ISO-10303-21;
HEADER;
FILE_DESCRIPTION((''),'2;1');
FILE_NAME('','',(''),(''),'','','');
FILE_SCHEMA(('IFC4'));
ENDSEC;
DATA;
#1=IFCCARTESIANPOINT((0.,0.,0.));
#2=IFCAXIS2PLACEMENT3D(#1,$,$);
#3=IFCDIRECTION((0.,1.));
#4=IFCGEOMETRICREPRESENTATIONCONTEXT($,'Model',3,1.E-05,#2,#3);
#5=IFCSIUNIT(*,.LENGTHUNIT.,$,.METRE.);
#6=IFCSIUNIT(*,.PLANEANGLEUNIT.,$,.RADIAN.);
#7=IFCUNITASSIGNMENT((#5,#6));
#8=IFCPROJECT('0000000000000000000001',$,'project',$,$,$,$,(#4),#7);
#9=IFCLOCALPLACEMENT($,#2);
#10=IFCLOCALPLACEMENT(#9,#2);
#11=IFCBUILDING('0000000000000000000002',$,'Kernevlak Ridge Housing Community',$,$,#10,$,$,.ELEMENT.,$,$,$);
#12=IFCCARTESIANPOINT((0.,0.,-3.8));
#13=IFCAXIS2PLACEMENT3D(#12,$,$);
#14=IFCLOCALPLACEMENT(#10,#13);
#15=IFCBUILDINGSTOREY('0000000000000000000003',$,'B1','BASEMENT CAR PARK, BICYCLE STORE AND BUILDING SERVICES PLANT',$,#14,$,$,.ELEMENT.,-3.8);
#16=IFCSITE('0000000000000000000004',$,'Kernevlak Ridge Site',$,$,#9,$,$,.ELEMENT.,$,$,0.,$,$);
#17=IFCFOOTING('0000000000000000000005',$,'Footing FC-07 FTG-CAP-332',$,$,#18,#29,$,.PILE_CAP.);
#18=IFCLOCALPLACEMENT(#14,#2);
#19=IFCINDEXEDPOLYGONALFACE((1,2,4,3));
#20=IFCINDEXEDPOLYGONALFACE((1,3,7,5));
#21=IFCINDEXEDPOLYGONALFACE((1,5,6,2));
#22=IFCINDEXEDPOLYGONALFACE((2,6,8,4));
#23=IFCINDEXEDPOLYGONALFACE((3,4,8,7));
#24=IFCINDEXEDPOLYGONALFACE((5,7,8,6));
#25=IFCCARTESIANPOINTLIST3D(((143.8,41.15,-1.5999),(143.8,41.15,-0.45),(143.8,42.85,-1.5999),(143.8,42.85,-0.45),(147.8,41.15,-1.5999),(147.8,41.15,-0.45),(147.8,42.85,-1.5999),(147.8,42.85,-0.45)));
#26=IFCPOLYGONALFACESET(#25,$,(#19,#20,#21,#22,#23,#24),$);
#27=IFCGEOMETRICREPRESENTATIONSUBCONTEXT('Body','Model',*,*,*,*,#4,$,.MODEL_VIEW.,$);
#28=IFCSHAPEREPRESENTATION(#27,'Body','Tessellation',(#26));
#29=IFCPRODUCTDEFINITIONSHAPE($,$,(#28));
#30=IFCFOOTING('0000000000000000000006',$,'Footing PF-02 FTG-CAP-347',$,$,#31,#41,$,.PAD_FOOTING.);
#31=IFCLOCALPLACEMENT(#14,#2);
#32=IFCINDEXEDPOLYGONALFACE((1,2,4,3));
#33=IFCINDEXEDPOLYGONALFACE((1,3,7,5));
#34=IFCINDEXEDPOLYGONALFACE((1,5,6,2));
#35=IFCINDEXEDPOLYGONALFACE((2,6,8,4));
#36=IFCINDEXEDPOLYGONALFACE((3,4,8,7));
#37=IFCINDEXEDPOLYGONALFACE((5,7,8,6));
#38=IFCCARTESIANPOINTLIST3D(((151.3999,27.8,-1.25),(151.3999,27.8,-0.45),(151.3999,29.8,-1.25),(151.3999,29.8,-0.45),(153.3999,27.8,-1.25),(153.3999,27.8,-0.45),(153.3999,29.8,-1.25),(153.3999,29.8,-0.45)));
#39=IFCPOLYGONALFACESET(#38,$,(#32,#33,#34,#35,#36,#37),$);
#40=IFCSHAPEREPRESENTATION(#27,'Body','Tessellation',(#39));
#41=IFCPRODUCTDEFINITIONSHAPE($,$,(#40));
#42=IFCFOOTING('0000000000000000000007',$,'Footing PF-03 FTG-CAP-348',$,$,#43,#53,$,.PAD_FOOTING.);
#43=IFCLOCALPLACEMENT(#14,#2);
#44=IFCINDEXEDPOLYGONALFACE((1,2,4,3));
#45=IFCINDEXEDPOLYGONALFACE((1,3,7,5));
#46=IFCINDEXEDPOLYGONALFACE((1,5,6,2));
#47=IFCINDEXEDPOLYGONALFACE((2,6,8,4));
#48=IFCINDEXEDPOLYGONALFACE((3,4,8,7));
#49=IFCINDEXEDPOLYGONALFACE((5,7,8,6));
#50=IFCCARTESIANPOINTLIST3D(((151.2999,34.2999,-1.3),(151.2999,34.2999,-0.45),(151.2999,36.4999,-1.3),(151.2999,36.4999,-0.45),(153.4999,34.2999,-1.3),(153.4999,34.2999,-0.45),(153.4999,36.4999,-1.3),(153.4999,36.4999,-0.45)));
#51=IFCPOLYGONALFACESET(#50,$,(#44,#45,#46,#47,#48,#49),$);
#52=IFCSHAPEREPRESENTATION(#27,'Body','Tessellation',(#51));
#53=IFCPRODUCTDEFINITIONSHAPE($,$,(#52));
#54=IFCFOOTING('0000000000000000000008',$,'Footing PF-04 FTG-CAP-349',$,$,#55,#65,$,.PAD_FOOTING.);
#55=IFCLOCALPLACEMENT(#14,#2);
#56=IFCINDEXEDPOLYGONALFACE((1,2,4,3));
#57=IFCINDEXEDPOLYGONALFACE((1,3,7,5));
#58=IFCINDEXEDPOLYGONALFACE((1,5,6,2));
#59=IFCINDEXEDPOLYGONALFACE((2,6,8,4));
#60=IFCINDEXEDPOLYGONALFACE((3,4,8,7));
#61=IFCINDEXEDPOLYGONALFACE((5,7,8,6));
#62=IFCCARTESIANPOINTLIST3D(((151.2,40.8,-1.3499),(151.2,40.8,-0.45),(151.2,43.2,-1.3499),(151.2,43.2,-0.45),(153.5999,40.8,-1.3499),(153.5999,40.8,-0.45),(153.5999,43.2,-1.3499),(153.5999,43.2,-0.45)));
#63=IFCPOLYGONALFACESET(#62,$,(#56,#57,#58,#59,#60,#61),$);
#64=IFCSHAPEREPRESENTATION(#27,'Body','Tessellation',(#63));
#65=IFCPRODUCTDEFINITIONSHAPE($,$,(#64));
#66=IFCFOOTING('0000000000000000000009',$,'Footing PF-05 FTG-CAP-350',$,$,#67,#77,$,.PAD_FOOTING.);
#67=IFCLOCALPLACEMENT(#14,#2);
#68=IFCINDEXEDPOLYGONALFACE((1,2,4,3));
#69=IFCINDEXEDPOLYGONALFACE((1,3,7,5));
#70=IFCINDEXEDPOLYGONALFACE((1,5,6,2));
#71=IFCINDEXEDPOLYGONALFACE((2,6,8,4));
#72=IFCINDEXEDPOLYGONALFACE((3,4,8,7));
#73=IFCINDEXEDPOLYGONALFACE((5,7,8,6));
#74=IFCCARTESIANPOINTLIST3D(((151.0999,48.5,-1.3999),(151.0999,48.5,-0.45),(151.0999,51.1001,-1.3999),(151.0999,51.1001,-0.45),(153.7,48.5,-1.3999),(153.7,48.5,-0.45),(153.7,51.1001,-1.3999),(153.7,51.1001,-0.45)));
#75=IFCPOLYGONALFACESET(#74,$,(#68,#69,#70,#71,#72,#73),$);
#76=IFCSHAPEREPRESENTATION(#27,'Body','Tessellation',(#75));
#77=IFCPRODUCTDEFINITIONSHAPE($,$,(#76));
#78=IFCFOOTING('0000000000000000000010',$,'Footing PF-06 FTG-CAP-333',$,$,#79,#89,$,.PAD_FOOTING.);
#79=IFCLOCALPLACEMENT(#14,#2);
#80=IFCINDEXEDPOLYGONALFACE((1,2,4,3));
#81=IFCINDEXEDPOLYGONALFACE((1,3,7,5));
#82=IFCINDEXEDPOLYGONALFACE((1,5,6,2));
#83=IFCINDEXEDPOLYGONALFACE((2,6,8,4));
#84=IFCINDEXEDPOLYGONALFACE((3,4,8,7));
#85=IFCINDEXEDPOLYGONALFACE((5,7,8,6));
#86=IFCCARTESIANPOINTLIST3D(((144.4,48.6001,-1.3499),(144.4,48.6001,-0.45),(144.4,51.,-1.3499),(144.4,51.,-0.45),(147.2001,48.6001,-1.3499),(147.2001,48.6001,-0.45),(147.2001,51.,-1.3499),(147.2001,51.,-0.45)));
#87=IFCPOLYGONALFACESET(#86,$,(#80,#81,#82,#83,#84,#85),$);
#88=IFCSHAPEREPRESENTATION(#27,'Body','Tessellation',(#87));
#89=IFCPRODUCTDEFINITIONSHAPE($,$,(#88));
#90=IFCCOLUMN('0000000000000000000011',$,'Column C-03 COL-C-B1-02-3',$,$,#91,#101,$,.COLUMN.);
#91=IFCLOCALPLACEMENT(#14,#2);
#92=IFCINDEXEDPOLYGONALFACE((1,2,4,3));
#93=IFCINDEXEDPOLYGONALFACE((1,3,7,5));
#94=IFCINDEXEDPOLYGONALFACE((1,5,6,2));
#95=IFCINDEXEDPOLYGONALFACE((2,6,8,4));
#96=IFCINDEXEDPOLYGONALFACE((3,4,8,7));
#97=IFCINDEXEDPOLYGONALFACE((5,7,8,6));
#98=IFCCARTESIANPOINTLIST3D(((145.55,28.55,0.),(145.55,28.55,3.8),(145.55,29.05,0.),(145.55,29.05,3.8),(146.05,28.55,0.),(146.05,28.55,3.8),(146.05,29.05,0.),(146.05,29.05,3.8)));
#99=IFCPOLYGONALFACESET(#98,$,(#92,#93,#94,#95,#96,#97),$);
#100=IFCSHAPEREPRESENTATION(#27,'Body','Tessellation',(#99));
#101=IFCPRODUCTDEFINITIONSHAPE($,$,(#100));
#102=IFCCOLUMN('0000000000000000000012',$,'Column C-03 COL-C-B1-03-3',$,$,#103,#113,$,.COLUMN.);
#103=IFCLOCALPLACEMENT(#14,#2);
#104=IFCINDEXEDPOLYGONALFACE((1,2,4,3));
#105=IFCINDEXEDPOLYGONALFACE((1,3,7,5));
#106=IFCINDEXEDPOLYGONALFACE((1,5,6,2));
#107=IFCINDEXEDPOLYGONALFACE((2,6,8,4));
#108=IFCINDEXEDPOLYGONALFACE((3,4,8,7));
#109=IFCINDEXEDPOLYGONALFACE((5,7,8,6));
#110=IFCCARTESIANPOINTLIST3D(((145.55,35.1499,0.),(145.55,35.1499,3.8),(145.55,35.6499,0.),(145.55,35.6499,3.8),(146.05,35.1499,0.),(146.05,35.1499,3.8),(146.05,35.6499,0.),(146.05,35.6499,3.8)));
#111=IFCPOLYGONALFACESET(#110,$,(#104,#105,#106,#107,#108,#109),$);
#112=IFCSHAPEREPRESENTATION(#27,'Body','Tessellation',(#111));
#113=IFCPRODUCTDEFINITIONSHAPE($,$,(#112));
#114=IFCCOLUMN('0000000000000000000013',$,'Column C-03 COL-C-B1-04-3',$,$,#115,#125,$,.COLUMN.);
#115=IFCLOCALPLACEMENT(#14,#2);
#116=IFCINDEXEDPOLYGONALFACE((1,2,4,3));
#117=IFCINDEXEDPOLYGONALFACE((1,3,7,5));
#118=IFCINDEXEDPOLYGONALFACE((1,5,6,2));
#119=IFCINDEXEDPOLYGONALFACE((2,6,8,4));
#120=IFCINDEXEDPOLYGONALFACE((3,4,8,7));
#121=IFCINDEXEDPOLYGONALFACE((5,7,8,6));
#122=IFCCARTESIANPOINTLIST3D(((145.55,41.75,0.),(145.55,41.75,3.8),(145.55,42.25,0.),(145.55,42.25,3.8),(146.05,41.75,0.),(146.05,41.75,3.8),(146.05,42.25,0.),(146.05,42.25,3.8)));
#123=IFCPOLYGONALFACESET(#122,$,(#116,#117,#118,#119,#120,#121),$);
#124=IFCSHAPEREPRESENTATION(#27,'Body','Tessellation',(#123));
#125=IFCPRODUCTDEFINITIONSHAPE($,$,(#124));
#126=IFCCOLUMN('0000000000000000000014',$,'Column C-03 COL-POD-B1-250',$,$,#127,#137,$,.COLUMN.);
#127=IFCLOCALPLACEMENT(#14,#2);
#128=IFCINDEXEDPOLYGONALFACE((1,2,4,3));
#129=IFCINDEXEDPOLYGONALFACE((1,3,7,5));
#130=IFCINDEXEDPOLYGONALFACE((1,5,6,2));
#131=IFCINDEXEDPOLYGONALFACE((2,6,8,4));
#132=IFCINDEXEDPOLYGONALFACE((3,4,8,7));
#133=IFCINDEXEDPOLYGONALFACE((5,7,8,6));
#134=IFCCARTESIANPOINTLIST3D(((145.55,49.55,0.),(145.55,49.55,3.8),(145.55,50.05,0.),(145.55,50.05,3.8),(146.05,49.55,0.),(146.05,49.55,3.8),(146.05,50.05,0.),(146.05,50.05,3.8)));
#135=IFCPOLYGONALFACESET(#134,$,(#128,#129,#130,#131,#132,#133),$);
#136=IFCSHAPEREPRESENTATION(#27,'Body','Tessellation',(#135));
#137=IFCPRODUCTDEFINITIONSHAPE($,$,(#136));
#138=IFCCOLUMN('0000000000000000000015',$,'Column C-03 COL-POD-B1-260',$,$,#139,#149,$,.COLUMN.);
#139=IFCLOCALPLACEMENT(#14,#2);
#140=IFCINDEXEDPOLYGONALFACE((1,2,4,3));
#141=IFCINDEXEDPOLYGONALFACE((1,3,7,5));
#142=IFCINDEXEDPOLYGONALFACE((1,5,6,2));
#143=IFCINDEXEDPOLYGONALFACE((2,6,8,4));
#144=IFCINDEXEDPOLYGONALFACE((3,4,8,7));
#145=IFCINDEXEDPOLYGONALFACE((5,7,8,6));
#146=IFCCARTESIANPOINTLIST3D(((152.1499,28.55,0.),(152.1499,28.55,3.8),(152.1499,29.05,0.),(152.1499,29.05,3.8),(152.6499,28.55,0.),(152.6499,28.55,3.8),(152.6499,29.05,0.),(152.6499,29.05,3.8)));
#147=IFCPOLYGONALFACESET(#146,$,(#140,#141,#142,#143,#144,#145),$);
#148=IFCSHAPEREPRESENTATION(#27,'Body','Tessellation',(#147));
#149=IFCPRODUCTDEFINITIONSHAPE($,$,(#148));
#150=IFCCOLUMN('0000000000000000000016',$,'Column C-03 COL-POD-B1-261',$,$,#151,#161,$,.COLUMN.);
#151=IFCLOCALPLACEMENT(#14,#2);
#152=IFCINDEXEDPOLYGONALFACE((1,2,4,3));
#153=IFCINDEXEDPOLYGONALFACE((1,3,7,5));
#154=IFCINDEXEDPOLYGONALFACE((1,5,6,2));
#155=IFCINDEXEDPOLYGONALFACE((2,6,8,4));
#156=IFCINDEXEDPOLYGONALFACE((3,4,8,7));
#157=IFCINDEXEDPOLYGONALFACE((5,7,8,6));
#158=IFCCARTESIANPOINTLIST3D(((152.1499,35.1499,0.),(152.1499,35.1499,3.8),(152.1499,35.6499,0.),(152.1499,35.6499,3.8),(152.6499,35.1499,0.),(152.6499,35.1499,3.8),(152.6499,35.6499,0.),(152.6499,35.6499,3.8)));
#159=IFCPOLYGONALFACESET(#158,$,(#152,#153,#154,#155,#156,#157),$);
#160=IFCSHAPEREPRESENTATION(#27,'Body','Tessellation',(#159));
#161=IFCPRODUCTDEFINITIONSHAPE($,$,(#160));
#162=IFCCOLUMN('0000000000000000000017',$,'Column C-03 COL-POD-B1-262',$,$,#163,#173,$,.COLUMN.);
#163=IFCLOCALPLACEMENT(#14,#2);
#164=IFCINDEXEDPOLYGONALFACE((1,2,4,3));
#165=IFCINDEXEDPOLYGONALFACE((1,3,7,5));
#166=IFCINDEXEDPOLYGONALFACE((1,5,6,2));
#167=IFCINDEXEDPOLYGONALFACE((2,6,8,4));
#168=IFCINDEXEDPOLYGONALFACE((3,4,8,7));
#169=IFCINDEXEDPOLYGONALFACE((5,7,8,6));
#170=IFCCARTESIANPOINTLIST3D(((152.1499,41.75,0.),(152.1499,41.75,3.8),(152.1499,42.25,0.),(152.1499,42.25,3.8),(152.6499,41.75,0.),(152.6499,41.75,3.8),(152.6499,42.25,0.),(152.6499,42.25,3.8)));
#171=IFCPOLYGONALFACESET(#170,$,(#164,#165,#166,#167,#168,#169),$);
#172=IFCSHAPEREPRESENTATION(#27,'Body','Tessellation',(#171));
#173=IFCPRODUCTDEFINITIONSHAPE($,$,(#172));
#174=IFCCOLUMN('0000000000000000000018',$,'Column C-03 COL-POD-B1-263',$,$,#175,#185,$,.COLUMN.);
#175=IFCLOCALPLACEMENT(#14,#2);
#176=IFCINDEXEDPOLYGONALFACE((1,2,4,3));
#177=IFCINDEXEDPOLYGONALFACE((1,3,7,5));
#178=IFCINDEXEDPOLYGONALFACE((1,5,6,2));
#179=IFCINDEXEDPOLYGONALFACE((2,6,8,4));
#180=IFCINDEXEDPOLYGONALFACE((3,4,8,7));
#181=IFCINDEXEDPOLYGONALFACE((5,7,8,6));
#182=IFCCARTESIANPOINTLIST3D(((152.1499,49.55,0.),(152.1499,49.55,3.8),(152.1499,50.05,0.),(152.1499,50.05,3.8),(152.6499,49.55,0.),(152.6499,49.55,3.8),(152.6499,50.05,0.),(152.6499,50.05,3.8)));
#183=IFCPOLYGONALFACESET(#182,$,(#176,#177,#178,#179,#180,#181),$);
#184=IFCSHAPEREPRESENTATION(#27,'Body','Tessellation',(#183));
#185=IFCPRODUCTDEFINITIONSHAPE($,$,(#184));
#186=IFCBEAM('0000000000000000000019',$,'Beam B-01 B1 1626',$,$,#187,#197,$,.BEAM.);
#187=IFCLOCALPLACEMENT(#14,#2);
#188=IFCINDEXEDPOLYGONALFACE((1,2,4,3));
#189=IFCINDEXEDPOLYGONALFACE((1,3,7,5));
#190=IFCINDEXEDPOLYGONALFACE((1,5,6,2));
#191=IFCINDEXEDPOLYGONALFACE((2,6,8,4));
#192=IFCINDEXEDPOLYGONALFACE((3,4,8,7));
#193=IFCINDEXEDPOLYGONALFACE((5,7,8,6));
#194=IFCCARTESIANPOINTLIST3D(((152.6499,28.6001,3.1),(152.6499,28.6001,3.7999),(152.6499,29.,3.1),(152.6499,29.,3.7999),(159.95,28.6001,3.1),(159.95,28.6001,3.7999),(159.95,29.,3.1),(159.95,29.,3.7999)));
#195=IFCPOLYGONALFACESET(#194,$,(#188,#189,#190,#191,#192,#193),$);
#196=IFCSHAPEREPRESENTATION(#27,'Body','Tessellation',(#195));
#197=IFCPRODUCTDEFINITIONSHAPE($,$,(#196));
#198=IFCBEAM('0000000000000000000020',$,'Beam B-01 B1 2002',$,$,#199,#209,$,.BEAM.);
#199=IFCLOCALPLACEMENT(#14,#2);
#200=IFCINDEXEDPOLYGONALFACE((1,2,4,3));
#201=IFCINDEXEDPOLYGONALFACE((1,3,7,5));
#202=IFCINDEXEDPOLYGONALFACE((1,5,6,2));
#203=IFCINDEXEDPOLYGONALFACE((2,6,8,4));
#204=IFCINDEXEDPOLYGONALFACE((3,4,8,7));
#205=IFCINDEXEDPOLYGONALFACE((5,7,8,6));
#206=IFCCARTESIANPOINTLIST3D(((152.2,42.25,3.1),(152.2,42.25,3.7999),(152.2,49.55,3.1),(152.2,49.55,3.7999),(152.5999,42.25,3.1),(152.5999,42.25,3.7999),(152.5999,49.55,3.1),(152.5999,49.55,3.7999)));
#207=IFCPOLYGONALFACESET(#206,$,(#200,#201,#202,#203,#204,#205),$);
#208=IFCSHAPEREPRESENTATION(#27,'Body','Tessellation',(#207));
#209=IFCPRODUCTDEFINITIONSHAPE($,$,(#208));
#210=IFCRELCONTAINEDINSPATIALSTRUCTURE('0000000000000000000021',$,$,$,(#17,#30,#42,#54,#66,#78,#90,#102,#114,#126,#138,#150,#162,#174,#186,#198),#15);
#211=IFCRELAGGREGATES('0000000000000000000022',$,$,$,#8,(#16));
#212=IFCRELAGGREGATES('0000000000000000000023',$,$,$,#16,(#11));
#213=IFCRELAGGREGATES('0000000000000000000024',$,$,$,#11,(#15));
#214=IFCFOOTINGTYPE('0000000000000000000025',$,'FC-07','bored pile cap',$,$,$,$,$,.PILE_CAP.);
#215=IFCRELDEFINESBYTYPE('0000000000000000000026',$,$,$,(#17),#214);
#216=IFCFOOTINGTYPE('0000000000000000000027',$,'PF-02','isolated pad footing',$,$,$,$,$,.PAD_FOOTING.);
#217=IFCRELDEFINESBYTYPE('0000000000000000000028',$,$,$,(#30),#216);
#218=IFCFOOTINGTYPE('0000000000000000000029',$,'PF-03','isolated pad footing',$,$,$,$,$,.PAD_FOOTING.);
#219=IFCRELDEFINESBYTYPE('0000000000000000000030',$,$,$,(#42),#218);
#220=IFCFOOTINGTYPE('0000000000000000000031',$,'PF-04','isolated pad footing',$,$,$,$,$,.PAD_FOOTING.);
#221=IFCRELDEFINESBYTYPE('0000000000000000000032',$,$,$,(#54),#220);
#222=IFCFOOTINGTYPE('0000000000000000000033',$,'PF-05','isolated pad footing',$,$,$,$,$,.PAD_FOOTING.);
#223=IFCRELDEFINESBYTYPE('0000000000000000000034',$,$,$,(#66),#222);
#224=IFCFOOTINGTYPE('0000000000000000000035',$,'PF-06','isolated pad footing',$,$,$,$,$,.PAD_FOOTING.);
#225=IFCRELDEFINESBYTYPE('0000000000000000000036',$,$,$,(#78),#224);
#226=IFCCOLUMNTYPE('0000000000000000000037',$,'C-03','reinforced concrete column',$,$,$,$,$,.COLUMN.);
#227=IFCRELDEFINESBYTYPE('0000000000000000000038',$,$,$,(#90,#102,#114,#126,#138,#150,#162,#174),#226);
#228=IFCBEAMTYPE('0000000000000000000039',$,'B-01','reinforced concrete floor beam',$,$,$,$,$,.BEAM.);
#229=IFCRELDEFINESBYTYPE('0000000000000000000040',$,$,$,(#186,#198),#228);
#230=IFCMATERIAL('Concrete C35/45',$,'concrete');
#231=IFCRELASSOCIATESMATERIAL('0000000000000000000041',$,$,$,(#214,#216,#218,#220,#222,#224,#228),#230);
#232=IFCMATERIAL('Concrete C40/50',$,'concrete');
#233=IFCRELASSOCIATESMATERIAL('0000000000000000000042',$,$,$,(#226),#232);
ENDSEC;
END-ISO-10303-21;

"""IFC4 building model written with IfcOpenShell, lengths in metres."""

from ifc_helpers import new_model, si_unit, direction, frame, origin, origin_2d, place, context, subcontext, project, spatial, rectangle, extrude, material, material_profile, profile_set, type_object, element, save


model = new_model("IFC4")

# Units and contexts
model_context = context("Model", 3, precision=1e-05, world=origin(), true_north=direction((0.0, 1.0)))
body_context = subcontext(model_context, "Body", "Model", "MODEL_VIEW")
ifc_project = project(units=[si_unit("LENGTHUNIT", "METRE"), si_unit("PLANEANGLEUNIT", "RADIAN")], contexts=[model_context])

# Site, building, storey
site_placement = place(None, origin())
site = spatial("IfcSite", under=ifc_project, at=site_placement, Name="Kernevlak Ridge Site", CompositionType="ELEMENT", RefElevation=0.0)
building_placement = place(site_placement, origin())
building = spatial("IfcBuilding", under=site, at=building_placement, Name="Kernevlak Ridge Housing Community", CompositionType="ELEMENT")
storey_placement = place(building_placement, frame((0.0, 0.0, -3.8)))
storey = spatial("IfcBuildingStorey", under=building, at=storey_placement, Name="B1", Description="BASEMENT CAR PARK, BICYCLE STORE AND BUILDING SERVICES PLANT", CompositionType="ELEMENT", Elevation=-3.8)

# Shared definitions
ifc_material_1 = material(Name="Concrete C35/45", Category="concrete")

# Footings
footing_type_1 = type_object("IfcFootingType", Name="FC-07", Description="bored pile cap", PredefinedType="PILE_CAP", material=ifc_material_1)
for number, where, z_axis, x_axis, name in (
    (1, (145.8, 42.0, -1.5999), (0.0, 0.0, 1.0), (1.0, 0.0, 0.0), "Footing FC-07 FTG-CAP-332"),
):
    element("IfcFooting", number, at=place(storey_placement, frame(where, z_axis=z_axis, x_axis=x_axis)), inside=storey, type_object=footing_type_1, Name=name, PredefinedType="PILE_CAP", context=body_context, shape_type="SweptSolid", body=[
        extrude(rectangle(XDim=4.0, YDim=1.7, at=origin_2d()), origin(), (0.0, 0.0, 1.0), 1.1499),
    ])
footing_type_2 = type_object("IfcFootingType", Name="PF-02", Description="isolated pad footing", PredefinedType="PAD_FOOTING", material=ifc_material_1)
footing_1_placement = place(storey_placement, frame((152.3999, 28.8, -1.25), z_axis=(0.0, 0.0, 1.0), x_axis=(1.0, 0.0, 0.0)))
element("IfcFooting", 2, at=footing_1_placement, inside=storey, type_object=footing_type_2, Name="Footing PF-02 FTG-CAP-347", PredefinedType="PAD_FOOTING", context=body_context, shape_type="SweptSolid", body=[
    extrude(rectangle(XDim=2.0, YDim=2.0, at=origin_2d()), origin(), (0.0, 0.0, 1.0), 0.8),
])
footing_type_3 = type_object("IfcFootingType", Name="PF-03", Description="isolated pad footing", PredefinedType="PAD_FOOTING", material=ifc_material_1)
footing_2_placement = place(storey_placement, frame((152.3999, 35.3999, -1.3), z_axis=(0.0, 0.0, 1.0), x_axis=(1.0, 0.0, 0.0)))
element("IfcFooting", 3, at=footing_2_placement, inside=storey, type_object=footing_type_3, Name="Footing PF-03 FTG-CAP-348", PredefinedType="PAD_FOOTING", context=body_context, shape_type="SweptSolid", body=[
    extrude(rectangle(XDim=2.2, YDim=2.2, at=origin_2d()), origin(), (0.0, 0.0, 1.0), 0.8501),
])
footing_type_4 = type_object("IfcFootingType", Name="PF-04", Description="isolated pad footing", PredefinedType="PAD_FOOTING", material=ifc_material_1)
footing_3_placement = place(storey_placement, frame((152.3999, 42.0, -1.3499), z_axis=(0.0, 0.0, 1.0), x_axis=(1.0, 0.0, 0.0)))
element("IfcFooting", 4, at=footing_3_placement, inside=storey, type_object=footing_type_4, Name="Footing PF-04 FTG-CAP-349", PredefinedType="PAD_FOOTING", context=body_context, shape_type="SweptSolid", body=[
    extrude(rectangle(XDim=2.3999, YDim=2.3999, at=origin_2d()), origin(), (0.0, 0.0, 1.0), 0.8999),
])
footing_type_5 = type_object("IfcFootingType", Name="PF-05", Description="isolated pad footing", PredefinedType="PAD_FOOTING", material=ifc_material_1)
footing_4_placement = place(storey_placement, frame((152.3999, 49.8, -1.3999), z_axis=(0.0, 0.0, 1.0), x_axis=(1.0, 0.0, 0.0)))
element("IfcFooting", 5, at=footing_4_placement, inside=storey, type_object=footing_type_5, Name="Footing PF-05 FTG-CAP-350", PredefinedType="PAD_FOOTING", context=body_context, shape_type="SweptSolid", body=[
    extrude(rectangle(XDim=2.6001, YDim=2.6001, at=origin_2d()), origin(), (0.0, 0.0, 1.0), 0.95),
])
footing_type_6 = type_object("IfcFootingType", Name="PF-06", Description="isolated pad footing", PredefinedType="PAD_FOOTING", material=ifc_material_1)
footing_5_placement = place(storey_placement, frame((145.8, 49.8, -1.3499), z_axis=(0.0, 0.0, 1.0), x_axis=(1.0, 0.0, 0.0)))
element("IfcFooting", 6, at=footing_5_placement, inside=storey, type_object=footing_type_6, Name="Footing PF-06 FTG-CAP-333", PredefinedType="PAD_FOOTING", context=body_context, shape_type="SweptSolid", body=[
    extrude(rectangle(XDim=2.8, YDim=2.3999, at=origin_2d()), origin(), (0.0, 0.0, 1.0), 0.8999),
])

# Columns
ifc_material_2 = material(Name="Concrete C40/50", Category="concrete")
ifc_material_profile_1 = material_profile(ifc_material_2, rectangle(XDim=0.5, YDim=0.5, at=origin_2d()), Name="RC 500x500")
ifc_profile_set_1 = profile_set([ifc_material_profile_1], Name="Concrete C40/50")
column_type = type_object("IfcColumnType", Name="C-03", Description="reinforced concrete column", PredefinedType="COLUMN", material=ifc_profile_set_1)
for number, where, z_axis, x_axis, name in (
    (7, (145.8, 28.8, 0.0), (0.0, 0.0, 1.0), (1.0, 0.0, 0.0), "Column C-03 COL-C-B1-02-3"),
    (8, (145.8, 35.3999, 0.0), (0.0, 0.0, 1.0), (1.0, 0.0, 0.0), "Column C-03 COL-C-B1-03-3"),
    (9, (145.8, 42.0, 0.0), (0.0, 0.0, 1.0), (1.0, 0.0, 0.0), "Column C-03 COL-C-B1-04-3"),
    (10, (145.8, 49.8, 0.0), (0.0, 0.0, 1.0), (1.0, 0.0, 0.0), "Column C-03 COL-POD-B1-250"),
    (11, (152.3999, 28.8, 0.0), (0.0, 0.0, 1.0), (1.0, 0.0, 0.0), "Column C-03 COL-POD-B1-260"),
    (12, (152.3999, 35.3999, 0.0), (0.0, 0.0, 1.0), (1.0, 0.0, 0.0), "Column C-03 COL-POD-B1-261"),
    (13, (152.3999, 42.0, 0.0), (0.0, 0.0, 1.0), (1.0, 0.0, 0.0), "Column C-03 COL-POD-B1-262"),
    (14, (152.3999, 49.8, 0.0), (0.0, 0.0, 1.0), (1.0, 0.0, 0.0), "Column C-03 COL-POD-B1-263"),
):
    element("IfcColumn", number, at=place(storey_placement, frame(where, z_axis=z_axis, x_axis=x_axis)), inside=storey, type_object=column_type, Name=name, PredefinedType="COLUMN", context=body_context, shape_type="SweptSolid", body=[
        extrude(rectangle(XDim=0.5, YDim=0.5, at=origin_2d()), origin(), (0.0, 0.0, 1.0), 3.8),
    ])

# Beams
ifc_material_profile_2 = material_profile(ifc_material_1, rectangle(XDim=0.3999, YDim=0.7, at=origin_2d()), Name="RC 400x700")
ifc_profile_set_2 = profile_set([ifc_material_profile_2], Name="Concrete C35/45")
beam_type_1 = type_object("IfcBeamType", Name="B-01", Description="reinforced concrete floor beam", PredefinedType="BEAM", material=ifc_profile_set_2)
for number, where, z_axis, x_axis, name in (
    (15, (152.6499, 28.8, 3.45), (1.0, 0.0, 0.0), (0.0, 1.0, 0.0), "Beam B-01 B1 1626"),
    (16, (152.3999, 42.25, 3.45), (0.0, 1.0, 0.0), (-1.0, 0.0, 0.0), "Beam B-01 B1 2002"),
):
    element("IfcBeam", number, at=place(storey_placement, frame(where, z_axis=z_axis, x_axis=x_axis)), inside=storey, type_object=beam_type_1, Name=name, PredefinedType="BEAM", context=body_context, shape_type="SweptSolid", body=[
        extrude(rectangle(XDim=0.3999, YDim=0.7, at=origin_2d()), origin(), (0.0, 0.0, 1.0), 7.3),
    ])

save(model, "model.ifc")
